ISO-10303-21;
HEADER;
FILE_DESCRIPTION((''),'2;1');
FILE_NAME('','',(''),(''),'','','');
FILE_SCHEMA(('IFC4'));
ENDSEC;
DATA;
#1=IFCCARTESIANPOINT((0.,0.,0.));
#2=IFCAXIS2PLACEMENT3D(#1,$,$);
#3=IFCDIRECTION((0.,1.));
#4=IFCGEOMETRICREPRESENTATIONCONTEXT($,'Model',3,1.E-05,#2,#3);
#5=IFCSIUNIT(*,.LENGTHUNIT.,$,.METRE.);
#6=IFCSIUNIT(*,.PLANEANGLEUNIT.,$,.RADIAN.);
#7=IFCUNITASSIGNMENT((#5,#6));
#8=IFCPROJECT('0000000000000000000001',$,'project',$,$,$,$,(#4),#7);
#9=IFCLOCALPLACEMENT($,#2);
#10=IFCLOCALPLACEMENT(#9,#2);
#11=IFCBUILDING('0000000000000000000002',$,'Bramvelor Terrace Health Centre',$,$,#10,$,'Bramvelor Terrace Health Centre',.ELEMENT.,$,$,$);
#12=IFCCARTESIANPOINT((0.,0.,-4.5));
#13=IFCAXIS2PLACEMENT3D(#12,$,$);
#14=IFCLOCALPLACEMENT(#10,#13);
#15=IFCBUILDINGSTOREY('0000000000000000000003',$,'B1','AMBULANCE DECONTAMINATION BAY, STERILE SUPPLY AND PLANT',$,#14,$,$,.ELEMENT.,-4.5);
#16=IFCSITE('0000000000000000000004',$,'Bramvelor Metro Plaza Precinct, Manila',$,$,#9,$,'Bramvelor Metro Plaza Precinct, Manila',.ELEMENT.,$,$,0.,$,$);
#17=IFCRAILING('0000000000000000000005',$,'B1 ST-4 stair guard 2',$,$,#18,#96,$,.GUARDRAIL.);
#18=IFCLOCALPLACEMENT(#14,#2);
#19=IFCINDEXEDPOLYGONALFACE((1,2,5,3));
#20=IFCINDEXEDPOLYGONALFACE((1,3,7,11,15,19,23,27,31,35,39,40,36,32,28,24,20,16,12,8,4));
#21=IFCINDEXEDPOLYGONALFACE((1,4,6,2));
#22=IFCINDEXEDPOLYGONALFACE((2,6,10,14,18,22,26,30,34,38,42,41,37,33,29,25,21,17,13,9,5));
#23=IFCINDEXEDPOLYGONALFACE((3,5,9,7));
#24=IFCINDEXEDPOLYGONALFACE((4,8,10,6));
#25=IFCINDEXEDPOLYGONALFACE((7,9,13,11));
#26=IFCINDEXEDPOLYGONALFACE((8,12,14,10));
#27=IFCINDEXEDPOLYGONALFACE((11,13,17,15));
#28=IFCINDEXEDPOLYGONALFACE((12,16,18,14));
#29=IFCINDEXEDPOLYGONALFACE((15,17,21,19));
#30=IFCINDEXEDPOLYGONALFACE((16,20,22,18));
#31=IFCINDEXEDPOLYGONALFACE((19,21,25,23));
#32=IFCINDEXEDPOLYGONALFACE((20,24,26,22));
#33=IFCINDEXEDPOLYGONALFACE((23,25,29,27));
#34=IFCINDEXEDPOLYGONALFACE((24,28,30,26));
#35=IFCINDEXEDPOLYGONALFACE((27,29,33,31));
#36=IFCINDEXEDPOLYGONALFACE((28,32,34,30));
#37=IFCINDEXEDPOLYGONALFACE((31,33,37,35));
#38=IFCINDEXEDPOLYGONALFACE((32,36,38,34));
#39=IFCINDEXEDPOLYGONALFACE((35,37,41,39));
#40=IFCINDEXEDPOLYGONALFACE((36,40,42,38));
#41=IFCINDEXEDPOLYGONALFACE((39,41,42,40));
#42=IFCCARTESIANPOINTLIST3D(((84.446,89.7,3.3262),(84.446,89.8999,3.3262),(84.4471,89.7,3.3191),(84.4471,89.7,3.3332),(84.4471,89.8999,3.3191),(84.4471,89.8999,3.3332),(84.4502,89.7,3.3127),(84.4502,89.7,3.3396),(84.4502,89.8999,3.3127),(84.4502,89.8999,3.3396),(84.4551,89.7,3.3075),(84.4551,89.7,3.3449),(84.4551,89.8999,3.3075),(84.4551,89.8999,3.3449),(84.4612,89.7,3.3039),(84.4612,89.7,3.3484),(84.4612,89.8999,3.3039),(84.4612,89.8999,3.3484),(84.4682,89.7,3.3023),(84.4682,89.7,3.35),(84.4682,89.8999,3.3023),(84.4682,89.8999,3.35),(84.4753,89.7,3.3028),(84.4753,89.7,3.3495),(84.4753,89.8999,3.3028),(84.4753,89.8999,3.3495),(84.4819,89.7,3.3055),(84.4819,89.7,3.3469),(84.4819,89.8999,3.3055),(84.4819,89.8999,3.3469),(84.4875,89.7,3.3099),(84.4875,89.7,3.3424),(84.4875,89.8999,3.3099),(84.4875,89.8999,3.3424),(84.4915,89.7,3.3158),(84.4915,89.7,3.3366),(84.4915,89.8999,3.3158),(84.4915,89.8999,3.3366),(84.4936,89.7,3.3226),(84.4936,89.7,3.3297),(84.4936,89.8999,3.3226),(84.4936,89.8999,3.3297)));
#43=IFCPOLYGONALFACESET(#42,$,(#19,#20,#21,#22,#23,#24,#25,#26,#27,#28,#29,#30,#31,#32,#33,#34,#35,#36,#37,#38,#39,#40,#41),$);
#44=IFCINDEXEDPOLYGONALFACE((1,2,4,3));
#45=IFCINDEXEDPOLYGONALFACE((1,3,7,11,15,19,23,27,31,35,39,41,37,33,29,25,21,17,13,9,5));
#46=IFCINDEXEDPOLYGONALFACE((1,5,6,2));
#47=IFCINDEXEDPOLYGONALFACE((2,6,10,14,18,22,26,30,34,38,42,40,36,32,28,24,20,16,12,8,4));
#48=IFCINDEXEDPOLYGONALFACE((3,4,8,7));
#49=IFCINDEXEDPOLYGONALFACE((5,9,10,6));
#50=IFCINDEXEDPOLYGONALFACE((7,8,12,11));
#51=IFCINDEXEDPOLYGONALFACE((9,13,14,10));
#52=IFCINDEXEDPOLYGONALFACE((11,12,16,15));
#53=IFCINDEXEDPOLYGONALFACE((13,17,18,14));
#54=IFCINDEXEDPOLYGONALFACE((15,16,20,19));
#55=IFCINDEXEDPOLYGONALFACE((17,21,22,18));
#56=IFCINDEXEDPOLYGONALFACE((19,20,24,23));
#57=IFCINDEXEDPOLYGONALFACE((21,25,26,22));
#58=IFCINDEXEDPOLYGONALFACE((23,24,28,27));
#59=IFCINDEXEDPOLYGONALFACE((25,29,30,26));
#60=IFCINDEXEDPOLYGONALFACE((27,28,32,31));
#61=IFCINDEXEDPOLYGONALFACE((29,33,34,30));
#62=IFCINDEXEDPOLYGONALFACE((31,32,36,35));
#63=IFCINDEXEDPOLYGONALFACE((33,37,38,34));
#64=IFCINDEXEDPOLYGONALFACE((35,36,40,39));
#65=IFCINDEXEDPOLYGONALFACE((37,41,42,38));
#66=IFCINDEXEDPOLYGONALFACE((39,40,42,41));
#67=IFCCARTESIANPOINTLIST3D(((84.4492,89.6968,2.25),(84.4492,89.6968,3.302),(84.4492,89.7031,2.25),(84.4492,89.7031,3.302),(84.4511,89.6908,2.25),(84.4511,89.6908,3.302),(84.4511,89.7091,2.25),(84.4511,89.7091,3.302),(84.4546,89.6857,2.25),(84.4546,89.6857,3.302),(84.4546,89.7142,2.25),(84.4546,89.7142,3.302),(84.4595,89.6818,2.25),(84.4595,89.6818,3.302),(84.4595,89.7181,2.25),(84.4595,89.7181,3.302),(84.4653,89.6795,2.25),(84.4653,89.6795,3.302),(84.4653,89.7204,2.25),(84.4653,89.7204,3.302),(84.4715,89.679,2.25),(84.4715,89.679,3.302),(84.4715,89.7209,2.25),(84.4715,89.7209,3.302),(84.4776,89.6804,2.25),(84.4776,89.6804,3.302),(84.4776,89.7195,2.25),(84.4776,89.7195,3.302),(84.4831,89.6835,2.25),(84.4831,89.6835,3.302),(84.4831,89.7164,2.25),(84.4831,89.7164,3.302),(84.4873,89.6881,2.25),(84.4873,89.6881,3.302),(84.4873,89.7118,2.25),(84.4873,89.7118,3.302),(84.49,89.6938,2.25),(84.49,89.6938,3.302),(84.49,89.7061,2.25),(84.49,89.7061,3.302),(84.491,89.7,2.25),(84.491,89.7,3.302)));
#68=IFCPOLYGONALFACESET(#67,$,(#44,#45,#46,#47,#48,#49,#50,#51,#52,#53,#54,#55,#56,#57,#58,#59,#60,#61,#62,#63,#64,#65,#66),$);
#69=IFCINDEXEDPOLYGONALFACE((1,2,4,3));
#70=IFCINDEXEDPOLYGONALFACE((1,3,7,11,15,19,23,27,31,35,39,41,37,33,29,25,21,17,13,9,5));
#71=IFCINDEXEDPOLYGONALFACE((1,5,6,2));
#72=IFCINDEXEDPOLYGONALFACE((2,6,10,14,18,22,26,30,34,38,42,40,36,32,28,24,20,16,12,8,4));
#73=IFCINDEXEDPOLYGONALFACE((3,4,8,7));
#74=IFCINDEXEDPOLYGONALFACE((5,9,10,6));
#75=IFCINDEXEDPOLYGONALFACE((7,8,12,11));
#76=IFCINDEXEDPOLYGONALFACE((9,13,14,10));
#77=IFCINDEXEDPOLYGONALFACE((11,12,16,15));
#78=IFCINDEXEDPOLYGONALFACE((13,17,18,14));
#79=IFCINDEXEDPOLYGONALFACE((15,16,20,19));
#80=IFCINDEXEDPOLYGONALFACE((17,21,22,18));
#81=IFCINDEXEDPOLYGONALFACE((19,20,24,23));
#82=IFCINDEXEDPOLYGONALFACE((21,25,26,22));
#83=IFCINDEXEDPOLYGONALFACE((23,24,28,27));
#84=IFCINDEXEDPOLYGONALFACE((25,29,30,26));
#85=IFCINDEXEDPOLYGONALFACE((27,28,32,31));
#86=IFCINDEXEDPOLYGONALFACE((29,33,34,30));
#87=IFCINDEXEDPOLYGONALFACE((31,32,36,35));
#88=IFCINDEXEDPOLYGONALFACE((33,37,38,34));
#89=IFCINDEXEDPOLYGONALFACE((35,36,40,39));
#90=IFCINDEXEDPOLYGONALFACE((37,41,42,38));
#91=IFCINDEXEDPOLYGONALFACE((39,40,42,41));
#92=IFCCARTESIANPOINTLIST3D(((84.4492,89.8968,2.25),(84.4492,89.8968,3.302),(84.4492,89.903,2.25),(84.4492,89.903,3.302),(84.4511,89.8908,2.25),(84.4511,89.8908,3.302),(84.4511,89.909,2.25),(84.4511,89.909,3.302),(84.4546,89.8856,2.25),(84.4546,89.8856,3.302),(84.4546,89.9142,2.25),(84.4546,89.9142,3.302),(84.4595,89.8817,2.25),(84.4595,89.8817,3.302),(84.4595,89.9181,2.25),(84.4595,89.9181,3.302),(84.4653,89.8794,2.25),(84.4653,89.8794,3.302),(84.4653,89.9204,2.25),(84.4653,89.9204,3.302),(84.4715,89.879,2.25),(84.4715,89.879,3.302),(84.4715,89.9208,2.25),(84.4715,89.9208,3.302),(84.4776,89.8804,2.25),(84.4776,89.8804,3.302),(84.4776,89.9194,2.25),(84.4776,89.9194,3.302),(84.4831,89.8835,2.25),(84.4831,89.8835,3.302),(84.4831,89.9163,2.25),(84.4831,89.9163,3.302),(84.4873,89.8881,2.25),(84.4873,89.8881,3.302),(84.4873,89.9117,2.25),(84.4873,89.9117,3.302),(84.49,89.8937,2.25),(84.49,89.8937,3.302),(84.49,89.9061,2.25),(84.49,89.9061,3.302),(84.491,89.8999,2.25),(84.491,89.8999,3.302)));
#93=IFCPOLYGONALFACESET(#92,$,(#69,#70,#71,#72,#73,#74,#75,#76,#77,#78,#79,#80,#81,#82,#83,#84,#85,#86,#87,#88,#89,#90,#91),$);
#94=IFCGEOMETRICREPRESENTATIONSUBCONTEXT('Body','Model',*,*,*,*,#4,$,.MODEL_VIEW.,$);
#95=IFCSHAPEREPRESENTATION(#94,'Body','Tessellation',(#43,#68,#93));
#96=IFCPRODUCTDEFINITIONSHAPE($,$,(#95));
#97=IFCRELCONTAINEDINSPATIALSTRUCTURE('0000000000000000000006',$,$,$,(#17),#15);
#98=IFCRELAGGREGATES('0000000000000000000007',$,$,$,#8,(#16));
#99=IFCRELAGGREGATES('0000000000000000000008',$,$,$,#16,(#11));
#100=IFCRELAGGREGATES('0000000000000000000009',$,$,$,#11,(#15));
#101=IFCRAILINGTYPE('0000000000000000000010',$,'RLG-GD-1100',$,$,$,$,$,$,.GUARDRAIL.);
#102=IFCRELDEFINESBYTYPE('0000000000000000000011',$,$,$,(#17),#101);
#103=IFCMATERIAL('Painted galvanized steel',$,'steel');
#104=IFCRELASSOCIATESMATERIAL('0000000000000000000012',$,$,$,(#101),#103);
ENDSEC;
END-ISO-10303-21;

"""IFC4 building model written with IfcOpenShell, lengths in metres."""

from ifc_helpers import new_model, si_unit, direction, frame, origin, origin_2d, place, context, subcontext, project, spatial, circle, extrude, material, type_object, element, save


model = new_model("IFC4")

# Units and contexts
model_context = context("Model", 3, precision=1e-05, world=origin(), true_north=direction((0.0, 1.0)))
body_context = subcontext(model_context, "Body", "Model", "MODEL_VIEW")
ifc_project = project(units=[si_unit("LENGTHUNIT", "METRE"), si_unit("PLANEANGLEUNIT", "RADIAN")], contexts=[model_context])

# Site, building, storey
site_placement = place(None, origin())
site = spatial("IfcSite", under=ifc_project, at=site_placement, Name="Bramvelor Metro Plaza Precinct, Manila", LongName="Bramvelor Metro Plaza Precinct, Manila", CompositionType="ELEMENT", RefElevation=0.0)
building_placement = place(site_placement, origin())
building = spatial("IfcBuilding", under=site, at=building_placement, Name="Bramvelor Terrace Health Centre", LongName="Bramvelor Terrace Health Centre", CompositionType="ELEMENT")
storey_placement = place(building_placement, frame((0.0, 0.0, -4.5)))
storey = spatial("IfcBuildingStorey", under=building, at=storey_placement, Name="B1", Description="AMBULANCE DECONTAMINATION BAY, STERILE SUPPLY AND PLANT", CompositionType="ELEMENT", Elevation=-4.5)

# Railing
ifc_material_1 = material(Name="Painted galvanized steel", Category="steel")
railing_type_1 = type_object("IfcRailingType", Name="RLG-GD-1100", PredefinedType="GUARDRAIL", material=ifc_material_1)
railing_1_placement = place(storey_placement, frame((84.47, 89.7, 2.25)))
element("IfcRailing", 1, at=railing_1_placement, inside=storey, type_object=railing_type_1, Name="B1 ST-4 stair guard 2", PredefinedType="GUARDRAIL", context=body_context, shape_type="SweptSolid", body=[
    extrude(circle(Radius=0.0239, at=origin_2d()), frame((0.0, 0.0, 1.0762), z_axis=(0.0, 1.0, 0.0), x_axis=(-1.0, 0.0, 0.0)), (0.0, 0.0, 1.0), 0.2),
    extrude(circle(Radius=0.021, at=origin_2d()), origin(), (0.0, 0.0, 1.0), 1.052),
    extrude(circle(Radius=0.021, at=origin_2d()), frame((0.0, 0.2, 0.0)), (0.0, 0.0, 1.0), 1.052),
])

save(model, "model.ifc")
